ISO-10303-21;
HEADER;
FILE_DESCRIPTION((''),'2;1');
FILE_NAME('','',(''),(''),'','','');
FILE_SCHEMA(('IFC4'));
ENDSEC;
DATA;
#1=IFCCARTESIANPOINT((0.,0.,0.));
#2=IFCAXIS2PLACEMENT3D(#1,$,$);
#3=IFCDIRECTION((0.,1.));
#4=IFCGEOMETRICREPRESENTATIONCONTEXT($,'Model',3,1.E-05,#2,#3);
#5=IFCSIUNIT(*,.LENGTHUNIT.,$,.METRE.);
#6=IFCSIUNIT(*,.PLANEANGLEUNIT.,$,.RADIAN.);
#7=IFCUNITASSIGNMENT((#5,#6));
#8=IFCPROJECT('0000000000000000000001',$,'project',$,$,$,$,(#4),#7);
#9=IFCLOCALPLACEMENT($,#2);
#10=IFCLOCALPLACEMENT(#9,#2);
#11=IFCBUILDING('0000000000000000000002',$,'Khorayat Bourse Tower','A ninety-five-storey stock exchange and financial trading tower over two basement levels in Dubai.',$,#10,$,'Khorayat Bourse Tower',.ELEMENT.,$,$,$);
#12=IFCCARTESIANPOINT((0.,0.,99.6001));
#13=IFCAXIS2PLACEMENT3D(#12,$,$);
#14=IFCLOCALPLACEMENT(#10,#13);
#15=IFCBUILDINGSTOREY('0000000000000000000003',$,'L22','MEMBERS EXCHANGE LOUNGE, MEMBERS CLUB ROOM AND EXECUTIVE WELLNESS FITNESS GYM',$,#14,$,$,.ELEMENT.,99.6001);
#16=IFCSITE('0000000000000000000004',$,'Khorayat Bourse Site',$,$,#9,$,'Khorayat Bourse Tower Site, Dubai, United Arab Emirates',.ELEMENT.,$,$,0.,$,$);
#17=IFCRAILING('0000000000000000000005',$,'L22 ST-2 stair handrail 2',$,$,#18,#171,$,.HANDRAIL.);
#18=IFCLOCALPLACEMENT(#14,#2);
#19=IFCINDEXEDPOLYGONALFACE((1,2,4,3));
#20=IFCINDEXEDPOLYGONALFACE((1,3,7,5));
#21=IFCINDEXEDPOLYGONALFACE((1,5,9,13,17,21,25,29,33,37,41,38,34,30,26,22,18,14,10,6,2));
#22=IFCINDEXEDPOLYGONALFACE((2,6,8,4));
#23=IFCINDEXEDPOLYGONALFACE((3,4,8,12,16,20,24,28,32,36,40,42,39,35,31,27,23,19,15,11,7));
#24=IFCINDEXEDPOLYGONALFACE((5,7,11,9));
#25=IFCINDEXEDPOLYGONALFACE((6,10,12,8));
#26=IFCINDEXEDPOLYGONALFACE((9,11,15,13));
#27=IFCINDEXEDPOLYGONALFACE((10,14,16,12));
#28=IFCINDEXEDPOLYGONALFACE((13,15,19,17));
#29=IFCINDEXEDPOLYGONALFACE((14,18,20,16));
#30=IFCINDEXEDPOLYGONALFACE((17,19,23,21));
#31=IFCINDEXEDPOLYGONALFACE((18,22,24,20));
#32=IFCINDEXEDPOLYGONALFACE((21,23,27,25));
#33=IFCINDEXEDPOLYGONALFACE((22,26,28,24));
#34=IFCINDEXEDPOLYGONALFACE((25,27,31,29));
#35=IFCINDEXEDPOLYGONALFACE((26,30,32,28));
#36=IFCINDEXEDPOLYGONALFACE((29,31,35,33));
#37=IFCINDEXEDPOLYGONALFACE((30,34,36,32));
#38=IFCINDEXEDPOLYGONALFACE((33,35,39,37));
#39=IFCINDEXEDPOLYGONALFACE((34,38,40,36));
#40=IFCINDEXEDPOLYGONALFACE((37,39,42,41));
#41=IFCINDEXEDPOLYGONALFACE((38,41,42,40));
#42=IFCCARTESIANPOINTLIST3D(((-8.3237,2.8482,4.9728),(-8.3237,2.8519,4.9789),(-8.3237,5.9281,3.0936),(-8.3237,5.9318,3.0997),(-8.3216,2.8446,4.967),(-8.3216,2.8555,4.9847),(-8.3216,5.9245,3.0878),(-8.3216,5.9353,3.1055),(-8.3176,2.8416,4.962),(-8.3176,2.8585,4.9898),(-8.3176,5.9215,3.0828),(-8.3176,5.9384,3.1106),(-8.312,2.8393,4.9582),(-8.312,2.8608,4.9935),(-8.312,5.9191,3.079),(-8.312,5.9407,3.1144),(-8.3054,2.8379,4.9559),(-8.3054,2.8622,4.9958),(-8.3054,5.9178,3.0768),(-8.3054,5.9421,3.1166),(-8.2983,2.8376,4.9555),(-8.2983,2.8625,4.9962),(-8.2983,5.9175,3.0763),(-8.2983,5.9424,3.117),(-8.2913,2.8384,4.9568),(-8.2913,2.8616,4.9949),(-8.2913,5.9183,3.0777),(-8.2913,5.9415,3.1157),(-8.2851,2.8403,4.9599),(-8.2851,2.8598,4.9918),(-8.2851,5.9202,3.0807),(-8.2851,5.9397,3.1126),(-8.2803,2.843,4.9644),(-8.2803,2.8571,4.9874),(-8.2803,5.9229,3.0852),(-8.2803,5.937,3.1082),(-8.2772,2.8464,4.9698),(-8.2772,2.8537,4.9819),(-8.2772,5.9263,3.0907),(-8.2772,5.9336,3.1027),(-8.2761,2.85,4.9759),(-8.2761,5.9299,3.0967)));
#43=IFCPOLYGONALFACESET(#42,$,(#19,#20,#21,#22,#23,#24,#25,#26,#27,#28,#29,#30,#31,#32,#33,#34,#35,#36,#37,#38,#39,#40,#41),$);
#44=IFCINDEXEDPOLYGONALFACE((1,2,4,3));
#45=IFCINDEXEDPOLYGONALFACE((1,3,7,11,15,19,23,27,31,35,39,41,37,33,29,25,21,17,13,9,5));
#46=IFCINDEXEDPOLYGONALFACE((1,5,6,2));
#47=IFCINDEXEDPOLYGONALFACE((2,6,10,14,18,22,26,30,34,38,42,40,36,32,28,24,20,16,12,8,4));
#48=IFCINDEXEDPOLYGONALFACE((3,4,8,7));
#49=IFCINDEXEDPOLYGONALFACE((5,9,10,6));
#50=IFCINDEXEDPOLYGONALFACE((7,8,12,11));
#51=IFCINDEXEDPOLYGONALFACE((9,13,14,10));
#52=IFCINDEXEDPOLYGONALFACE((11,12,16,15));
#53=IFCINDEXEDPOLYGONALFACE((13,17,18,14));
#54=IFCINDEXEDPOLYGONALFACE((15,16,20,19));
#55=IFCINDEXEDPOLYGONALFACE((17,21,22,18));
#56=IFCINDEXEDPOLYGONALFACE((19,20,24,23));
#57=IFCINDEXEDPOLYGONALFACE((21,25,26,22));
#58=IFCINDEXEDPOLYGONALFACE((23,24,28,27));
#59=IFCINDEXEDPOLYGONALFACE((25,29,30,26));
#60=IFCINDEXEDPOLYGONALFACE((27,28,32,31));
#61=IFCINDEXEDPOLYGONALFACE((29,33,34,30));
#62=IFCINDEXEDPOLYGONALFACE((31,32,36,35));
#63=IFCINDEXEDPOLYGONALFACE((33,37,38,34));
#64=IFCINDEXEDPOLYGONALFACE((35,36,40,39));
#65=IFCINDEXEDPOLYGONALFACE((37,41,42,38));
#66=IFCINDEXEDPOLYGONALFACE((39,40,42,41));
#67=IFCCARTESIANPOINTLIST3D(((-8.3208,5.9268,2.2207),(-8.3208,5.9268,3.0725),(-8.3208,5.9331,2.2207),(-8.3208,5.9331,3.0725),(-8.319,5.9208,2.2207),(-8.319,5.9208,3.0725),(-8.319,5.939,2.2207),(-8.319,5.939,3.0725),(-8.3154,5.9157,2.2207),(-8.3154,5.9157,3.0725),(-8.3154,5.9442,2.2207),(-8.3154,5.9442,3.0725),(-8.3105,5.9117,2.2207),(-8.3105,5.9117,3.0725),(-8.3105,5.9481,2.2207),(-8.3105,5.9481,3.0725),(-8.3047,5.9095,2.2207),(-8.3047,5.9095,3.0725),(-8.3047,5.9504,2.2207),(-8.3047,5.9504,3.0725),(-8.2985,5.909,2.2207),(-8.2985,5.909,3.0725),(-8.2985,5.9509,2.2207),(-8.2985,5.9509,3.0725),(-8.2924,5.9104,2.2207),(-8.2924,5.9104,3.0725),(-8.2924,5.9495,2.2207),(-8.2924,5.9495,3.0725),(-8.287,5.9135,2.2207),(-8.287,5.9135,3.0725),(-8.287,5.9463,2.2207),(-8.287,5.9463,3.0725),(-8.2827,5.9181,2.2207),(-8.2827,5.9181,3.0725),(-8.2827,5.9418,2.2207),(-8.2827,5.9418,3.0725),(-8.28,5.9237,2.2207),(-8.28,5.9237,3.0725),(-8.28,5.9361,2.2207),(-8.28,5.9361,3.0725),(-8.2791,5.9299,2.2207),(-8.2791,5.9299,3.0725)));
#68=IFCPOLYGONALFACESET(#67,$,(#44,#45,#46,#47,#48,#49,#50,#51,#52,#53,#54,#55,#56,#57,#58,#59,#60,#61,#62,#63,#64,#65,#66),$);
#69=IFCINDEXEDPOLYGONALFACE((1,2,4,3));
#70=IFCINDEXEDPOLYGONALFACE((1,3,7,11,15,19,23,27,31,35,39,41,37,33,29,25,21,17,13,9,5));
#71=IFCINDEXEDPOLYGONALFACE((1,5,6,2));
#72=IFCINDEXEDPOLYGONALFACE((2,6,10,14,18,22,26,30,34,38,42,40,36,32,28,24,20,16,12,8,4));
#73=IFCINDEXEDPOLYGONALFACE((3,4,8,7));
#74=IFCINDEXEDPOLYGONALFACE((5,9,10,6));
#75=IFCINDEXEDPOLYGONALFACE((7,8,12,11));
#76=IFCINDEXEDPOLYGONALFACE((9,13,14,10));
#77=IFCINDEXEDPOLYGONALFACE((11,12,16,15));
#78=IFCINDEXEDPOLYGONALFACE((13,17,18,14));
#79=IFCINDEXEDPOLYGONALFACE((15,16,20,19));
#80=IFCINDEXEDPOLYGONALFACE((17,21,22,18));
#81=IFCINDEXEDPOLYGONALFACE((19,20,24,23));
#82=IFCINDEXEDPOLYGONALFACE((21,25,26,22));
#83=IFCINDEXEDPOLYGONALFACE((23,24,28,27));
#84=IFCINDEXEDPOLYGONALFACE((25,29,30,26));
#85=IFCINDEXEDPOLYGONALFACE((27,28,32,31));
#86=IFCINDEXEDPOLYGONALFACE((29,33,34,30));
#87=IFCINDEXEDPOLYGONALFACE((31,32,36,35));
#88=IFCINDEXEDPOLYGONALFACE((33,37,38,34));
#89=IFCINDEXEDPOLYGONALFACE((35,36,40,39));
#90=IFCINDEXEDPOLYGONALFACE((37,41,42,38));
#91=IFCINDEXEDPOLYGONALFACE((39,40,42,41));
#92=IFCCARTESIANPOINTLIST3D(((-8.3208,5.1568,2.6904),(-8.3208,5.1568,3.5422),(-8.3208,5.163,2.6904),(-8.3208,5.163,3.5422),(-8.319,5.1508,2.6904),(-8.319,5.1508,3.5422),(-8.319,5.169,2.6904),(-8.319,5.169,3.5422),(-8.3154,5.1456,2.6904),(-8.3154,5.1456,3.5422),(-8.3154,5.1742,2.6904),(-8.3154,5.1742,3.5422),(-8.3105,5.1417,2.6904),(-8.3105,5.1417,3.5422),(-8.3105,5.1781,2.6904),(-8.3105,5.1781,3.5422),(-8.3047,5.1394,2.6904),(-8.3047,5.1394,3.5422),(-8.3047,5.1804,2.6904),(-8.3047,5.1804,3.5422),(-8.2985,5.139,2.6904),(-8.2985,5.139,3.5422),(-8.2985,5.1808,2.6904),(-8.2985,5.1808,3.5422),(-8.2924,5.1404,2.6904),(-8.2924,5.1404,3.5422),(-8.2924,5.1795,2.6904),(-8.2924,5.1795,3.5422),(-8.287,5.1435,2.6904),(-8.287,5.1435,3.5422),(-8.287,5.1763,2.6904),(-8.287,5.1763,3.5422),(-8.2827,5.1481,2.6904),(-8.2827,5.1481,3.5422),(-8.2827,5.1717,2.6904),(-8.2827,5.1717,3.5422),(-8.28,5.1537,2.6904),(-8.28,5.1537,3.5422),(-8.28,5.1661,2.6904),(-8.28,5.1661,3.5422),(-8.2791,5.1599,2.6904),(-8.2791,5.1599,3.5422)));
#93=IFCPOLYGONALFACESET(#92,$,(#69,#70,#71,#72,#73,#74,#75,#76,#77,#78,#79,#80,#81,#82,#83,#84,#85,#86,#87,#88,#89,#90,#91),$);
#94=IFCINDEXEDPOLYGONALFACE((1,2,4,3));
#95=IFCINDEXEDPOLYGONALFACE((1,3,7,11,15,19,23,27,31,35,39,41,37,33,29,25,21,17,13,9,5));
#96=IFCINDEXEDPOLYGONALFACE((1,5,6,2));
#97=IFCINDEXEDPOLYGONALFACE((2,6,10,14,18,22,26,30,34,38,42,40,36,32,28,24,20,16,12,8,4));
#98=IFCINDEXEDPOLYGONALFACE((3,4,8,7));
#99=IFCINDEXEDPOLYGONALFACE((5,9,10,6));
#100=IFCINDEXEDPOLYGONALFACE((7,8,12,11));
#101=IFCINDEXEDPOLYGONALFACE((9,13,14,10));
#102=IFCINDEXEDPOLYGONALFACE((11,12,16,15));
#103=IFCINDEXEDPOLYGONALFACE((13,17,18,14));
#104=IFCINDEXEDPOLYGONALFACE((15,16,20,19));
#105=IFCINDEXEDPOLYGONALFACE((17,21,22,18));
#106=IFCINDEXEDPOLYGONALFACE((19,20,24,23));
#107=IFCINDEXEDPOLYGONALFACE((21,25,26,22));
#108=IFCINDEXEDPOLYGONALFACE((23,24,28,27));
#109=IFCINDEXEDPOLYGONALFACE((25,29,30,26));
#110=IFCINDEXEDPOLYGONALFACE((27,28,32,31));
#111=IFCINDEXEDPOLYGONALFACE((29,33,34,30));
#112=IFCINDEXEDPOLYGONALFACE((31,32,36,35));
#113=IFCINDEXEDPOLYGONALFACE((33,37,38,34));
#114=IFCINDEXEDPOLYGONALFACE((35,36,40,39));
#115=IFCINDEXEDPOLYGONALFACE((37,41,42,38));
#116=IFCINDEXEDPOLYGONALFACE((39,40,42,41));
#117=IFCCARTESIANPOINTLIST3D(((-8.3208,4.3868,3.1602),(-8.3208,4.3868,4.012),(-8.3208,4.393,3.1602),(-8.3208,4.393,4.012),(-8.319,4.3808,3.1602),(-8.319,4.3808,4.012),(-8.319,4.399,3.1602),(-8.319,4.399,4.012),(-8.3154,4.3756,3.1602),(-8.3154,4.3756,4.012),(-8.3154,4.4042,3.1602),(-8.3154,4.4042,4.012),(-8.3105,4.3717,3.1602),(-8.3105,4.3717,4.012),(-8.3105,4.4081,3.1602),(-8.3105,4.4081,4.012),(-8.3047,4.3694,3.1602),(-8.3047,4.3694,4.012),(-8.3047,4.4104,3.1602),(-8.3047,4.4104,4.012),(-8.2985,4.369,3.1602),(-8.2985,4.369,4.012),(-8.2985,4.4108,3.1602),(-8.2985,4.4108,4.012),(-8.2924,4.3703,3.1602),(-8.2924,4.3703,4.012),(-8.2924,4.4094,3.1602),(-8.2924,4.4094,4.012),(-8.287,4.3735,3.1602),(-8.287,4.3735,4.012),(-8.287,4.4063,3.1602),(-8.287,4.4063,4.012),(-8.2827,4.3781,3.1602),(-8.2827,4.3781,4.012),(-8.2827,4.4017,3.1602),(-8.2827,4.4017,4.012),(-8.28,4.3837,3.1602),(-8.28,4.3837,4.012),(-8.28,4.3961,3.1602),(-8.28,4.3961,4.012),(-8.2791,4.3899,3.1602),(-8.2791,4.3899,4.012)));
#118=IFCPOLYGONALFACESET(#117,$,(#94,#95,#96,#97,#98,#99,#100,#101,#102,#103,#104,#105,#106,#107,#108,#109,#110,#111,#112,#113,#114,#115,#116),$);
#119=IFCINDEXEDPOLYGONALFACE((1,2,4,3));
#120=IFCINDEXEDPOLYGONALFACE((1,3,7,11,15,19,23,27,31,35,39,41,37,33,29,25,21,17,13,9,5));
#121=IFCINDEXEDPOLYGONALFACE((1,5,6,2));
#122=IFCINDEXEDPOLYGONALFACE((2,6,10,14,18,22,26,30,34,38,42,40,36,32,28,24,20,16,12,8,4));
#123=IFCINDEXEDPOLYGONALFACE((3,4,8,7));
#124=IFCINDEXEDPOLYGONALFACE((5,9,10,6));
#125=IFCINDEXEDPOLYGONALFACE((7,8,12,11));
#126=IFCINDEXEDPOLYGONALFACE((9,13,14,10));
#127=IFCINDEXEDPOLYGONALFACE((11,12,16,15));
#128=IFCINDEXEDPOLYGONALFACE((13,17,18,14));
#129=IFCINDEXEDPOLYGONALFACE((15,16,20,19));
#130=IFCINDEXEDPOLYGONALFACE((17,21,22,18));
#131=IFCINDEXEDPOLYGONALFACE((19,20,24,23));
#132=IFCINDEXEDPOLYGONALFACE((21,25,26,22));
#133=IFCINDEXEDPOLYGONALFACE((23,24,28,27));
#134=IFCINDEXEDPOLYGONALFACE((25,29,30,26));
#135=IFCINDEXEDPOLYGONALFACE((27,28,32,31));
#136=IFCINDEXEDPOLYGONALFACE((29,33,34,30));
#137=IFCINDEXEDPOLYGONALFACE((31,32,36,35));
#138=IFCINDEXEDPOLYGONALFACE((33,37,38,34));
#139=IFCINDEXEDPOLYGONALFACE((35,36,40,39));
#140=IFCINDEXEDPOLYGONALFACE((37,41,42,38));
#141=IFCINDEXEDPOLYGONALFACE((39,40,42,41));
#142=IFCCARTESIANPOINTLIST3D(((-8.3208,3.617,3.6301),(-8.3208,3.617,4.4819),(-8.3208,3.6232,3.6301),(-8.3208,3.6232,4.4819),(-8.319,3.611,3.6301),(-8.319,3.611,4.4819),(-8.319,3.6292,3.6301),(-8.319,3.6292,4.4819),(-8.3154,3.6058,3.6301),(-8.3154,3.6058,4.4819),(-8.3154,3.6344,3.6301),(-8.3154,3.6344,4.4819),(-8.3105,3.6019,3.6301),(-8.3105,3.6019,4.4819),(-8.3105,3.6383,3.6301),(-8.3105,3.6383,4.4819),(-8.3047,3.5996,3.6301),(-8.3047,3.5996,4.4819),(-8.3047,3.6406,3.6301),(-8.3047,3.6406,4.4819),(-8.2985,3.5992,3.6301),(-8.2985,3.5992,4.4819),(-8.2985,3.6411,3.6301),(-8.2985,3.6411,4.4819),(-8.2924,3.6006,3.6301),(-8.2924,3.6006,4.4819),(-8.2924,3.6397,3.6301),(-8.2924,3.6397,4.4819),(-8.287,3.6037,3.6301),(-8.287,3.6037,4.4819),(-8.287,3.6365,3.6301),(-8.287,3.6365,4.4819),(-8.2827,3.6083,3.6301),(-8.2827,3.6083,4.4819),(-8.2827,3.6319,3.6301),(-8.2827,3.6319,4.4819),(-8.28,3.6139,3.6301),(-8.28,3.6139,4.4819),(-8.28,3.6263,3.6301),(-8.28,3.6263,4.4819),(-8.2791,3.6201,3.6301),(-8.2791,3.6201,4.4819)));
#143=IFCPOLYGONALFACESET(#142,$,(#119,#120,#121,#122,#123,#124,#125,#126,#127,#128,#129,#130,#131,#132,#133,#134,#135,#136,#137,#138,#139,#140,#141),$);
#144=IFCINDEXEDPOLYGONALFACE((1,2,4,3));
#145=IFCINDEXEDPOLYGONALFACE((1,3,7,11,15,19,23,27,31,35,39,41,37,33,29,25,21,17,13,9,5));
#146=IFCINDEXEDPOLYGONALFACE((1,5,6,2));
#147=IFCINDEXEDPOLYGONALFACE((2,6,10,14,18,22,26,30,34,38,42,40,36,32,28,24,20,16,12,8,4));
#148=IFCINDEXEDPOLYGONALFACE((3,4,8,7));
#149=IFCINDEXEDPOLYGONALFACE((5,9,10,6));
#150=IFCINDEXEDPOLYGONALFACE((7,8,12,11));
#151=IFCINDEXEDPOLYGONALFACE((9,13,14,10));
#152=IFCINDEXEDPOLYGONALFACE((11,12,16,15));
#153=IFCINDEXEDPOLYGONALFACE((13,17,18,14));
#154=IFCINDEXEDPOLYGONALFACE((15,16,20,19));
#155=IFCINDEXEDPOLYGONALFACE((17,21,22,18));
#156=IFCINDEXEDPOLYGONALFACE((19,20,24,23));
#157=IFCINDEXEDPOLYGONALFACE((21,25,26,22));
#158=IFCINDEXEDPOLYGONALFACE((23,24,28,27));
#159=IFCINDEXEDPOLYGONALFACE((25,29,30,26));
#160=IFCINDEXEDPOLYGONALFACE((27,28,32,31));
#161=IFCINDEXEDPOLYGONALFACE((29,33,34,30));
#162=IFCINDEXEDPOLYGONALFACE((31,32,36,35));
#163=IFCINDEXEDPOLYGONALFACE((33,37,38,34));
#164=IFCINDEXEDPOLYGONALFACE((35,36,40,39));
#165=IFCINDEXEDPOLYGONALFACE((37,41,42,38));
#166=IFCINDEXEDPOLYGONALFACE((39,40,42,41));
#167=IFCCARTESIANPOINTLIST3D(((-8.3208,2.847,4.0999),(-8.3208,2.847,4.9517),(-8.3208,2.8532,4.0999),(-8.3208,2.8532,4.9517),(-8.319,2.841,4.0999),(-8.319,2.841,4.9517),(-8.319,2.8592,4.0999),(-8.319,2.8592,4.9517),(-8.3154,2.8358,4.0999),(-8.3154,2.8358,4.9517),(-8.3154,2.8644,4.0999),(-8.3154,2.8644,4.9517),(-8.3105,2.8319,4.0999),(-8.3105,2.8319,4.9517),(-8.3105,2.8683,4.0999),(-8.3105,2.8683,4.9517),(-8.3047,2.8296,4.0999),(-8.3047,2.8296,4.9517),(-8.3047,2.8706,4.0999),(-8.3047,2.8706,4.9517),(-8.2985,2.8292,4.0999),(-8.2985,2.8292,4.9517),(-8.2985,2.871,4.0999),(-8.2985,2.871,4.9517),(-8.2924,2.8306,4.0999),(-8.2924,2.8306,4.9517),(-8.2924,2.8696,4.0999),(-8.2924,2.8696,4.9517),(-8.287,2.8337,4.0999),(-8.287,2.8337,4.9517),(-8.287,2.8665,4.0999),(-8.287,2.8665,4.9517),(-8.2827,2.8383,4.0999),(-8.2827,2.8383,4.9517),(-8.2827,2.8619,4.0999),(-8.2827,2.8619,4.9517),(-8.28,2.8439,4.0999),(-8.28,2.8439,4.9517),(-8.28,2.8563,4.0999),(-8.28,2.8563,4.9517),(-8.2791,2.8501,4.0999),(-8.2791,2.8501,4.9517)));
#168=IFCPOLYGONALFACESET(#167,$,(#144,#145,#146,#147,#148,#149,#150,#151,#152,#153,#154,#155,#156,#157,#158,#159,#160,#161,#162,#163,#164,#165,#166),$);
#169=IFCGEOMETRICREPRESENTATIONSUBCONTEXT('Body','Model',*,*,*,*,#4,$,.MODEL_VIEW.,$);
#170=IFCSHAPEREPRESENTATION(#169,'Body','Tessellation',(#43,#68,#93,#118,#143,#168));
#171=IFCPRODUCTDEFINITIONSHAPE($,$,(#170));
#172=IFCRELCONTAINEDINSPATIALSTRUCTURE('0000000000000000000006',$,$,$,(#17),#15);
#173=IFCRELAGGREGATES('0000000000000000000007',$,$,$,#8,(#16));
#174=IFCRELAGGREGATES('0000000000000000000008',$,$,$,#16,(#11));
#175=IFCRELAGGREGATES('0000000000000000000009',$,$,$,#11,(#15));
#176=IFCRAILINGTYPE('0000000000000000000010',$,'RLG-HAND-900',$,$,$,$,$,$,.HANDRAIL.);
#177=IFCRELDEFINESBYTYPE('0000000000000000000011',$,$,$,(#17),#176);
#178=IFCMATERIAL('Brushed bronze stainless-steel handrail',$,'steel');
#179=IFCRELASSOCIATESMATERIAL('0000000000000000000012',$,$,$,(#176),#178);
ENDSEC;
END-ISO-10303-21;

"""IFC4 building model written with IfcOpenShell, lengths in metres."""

from ifc_helpers import new_model, si_unit, direction, frame, origin, origin_2d, place, context, subcontext, project, spatial, circle, extrude, source, transform, mapped, material, type_object, element, save


model = new_model("IFC4")

# Units and contexts
model_context = context("Model", 3, precision=1e-05, world=origin(), true_north=direction((0.0, 1.0)))
body_context = subcontext(model_context, "Body", "Model", "MODEL_VIEW")
ifc_project = project(units=[si_unit("LENGTHUNIT", "METRE"), si_unit("PLANEANGLEUNIT", "RADIAN")], contexts=[model_context])

# Site, building, storey
site_placement = place(None, origin())
site = spatial("IfcSite", under=ifc_project, at=site_placement, Name="Khorayat Bourse Site", LongName="Khorayat Bourse Tower Site, Dubai, United Arab Emirates", CompositionType="ELEMENT", RefElevation=0.0)
building_placement = place(site_placement, origin())
building = spatial("IfcBuilding", under=site, at=building_placement, Name="Khorayat Bourse Tower", Description="A ninety-five-storey stock exchange and financial trading tower over two basement levels in Dubai.", LongName="Khorayat Bourse Tower", CompositionType="ELEMENT")
storey_placement = place(building_placement, frame((0.0, 0.0, 99.6001)))
storey = spatial("IfcBuildingStorey", under=building, at=storey_placement, Name="L22", Description="MEMBERS EXCHANGE LOUNGE, MEMBERS CLUB ROOM AND EXECUTIVE WELLNESS FITNESS GYM", CompositionType="ELEMENT", Elevation=99.6001)

# Railing
ifc_material_1 = material(Name="Brushed bronze stainless-steel handrail", Category="steel")
railing_type_1 = type_object("IfcRailingType", Name="RLG-HAND-900", PredefinedType="HANDRAIL", material=ifc_material_1)
shared_shape_1 = source(origin(), body_context, "Body", "SweptSolid", [
    extrude(circle(Radius=0.0239, at=origin_2d()), frame((0.0, 0.0, 0.876), z_axis=(0.0, -0.853648, 0.52085), x_axis=(1.0, 0.0, 0.0)), (0.0, 0.0, 1.0), 3.6079),
    extrude(circle(Radius=0.021, at=origin_2d()), origin(), (0.0, 0.0, 1.0), 0.8518),
    extrude(circle(Radius=0.021, at=origin_2d()), frame((0.0, -0.77, 0.4697)), (0.0, 0.0, 1.0), 0.8518),
    extrude(circle(Radius=0.021, at=origin_2d()), frame((0.0, -1.54, 0.9395)), (0.0, 0.0, 1.0), 0.8518),
    extrude(circle(Radius=0.021, at=origin_2d()), frame((0.0, -2.3098, 1.4094)), (0.0, 0.0, 1.0), 0.8518),
    extrude(circle(Radius=0.021, at=origin_2d()), frame((0.0, -3.0798, 1.8792)), (0.0, 0.0, 1.0), 0.8518),
])
railing_1_placement = place(storey_placement, frame((-8.3, 5.9299, 2.2207)))
element("IfcRailing", 1, at=railing_1_placement, inside=storey, type_object=railing_type_1, Name="L22 ST-2 stair handrail 2", PredefinedType="HANDRAIL", context=body_context, shape_type="MappedRepresentation", body=[
    mapped(shared_shape_1, transform((0.0, 0.0, 0.0), scale=1.0)),
])

save(model, "model.ifc")
